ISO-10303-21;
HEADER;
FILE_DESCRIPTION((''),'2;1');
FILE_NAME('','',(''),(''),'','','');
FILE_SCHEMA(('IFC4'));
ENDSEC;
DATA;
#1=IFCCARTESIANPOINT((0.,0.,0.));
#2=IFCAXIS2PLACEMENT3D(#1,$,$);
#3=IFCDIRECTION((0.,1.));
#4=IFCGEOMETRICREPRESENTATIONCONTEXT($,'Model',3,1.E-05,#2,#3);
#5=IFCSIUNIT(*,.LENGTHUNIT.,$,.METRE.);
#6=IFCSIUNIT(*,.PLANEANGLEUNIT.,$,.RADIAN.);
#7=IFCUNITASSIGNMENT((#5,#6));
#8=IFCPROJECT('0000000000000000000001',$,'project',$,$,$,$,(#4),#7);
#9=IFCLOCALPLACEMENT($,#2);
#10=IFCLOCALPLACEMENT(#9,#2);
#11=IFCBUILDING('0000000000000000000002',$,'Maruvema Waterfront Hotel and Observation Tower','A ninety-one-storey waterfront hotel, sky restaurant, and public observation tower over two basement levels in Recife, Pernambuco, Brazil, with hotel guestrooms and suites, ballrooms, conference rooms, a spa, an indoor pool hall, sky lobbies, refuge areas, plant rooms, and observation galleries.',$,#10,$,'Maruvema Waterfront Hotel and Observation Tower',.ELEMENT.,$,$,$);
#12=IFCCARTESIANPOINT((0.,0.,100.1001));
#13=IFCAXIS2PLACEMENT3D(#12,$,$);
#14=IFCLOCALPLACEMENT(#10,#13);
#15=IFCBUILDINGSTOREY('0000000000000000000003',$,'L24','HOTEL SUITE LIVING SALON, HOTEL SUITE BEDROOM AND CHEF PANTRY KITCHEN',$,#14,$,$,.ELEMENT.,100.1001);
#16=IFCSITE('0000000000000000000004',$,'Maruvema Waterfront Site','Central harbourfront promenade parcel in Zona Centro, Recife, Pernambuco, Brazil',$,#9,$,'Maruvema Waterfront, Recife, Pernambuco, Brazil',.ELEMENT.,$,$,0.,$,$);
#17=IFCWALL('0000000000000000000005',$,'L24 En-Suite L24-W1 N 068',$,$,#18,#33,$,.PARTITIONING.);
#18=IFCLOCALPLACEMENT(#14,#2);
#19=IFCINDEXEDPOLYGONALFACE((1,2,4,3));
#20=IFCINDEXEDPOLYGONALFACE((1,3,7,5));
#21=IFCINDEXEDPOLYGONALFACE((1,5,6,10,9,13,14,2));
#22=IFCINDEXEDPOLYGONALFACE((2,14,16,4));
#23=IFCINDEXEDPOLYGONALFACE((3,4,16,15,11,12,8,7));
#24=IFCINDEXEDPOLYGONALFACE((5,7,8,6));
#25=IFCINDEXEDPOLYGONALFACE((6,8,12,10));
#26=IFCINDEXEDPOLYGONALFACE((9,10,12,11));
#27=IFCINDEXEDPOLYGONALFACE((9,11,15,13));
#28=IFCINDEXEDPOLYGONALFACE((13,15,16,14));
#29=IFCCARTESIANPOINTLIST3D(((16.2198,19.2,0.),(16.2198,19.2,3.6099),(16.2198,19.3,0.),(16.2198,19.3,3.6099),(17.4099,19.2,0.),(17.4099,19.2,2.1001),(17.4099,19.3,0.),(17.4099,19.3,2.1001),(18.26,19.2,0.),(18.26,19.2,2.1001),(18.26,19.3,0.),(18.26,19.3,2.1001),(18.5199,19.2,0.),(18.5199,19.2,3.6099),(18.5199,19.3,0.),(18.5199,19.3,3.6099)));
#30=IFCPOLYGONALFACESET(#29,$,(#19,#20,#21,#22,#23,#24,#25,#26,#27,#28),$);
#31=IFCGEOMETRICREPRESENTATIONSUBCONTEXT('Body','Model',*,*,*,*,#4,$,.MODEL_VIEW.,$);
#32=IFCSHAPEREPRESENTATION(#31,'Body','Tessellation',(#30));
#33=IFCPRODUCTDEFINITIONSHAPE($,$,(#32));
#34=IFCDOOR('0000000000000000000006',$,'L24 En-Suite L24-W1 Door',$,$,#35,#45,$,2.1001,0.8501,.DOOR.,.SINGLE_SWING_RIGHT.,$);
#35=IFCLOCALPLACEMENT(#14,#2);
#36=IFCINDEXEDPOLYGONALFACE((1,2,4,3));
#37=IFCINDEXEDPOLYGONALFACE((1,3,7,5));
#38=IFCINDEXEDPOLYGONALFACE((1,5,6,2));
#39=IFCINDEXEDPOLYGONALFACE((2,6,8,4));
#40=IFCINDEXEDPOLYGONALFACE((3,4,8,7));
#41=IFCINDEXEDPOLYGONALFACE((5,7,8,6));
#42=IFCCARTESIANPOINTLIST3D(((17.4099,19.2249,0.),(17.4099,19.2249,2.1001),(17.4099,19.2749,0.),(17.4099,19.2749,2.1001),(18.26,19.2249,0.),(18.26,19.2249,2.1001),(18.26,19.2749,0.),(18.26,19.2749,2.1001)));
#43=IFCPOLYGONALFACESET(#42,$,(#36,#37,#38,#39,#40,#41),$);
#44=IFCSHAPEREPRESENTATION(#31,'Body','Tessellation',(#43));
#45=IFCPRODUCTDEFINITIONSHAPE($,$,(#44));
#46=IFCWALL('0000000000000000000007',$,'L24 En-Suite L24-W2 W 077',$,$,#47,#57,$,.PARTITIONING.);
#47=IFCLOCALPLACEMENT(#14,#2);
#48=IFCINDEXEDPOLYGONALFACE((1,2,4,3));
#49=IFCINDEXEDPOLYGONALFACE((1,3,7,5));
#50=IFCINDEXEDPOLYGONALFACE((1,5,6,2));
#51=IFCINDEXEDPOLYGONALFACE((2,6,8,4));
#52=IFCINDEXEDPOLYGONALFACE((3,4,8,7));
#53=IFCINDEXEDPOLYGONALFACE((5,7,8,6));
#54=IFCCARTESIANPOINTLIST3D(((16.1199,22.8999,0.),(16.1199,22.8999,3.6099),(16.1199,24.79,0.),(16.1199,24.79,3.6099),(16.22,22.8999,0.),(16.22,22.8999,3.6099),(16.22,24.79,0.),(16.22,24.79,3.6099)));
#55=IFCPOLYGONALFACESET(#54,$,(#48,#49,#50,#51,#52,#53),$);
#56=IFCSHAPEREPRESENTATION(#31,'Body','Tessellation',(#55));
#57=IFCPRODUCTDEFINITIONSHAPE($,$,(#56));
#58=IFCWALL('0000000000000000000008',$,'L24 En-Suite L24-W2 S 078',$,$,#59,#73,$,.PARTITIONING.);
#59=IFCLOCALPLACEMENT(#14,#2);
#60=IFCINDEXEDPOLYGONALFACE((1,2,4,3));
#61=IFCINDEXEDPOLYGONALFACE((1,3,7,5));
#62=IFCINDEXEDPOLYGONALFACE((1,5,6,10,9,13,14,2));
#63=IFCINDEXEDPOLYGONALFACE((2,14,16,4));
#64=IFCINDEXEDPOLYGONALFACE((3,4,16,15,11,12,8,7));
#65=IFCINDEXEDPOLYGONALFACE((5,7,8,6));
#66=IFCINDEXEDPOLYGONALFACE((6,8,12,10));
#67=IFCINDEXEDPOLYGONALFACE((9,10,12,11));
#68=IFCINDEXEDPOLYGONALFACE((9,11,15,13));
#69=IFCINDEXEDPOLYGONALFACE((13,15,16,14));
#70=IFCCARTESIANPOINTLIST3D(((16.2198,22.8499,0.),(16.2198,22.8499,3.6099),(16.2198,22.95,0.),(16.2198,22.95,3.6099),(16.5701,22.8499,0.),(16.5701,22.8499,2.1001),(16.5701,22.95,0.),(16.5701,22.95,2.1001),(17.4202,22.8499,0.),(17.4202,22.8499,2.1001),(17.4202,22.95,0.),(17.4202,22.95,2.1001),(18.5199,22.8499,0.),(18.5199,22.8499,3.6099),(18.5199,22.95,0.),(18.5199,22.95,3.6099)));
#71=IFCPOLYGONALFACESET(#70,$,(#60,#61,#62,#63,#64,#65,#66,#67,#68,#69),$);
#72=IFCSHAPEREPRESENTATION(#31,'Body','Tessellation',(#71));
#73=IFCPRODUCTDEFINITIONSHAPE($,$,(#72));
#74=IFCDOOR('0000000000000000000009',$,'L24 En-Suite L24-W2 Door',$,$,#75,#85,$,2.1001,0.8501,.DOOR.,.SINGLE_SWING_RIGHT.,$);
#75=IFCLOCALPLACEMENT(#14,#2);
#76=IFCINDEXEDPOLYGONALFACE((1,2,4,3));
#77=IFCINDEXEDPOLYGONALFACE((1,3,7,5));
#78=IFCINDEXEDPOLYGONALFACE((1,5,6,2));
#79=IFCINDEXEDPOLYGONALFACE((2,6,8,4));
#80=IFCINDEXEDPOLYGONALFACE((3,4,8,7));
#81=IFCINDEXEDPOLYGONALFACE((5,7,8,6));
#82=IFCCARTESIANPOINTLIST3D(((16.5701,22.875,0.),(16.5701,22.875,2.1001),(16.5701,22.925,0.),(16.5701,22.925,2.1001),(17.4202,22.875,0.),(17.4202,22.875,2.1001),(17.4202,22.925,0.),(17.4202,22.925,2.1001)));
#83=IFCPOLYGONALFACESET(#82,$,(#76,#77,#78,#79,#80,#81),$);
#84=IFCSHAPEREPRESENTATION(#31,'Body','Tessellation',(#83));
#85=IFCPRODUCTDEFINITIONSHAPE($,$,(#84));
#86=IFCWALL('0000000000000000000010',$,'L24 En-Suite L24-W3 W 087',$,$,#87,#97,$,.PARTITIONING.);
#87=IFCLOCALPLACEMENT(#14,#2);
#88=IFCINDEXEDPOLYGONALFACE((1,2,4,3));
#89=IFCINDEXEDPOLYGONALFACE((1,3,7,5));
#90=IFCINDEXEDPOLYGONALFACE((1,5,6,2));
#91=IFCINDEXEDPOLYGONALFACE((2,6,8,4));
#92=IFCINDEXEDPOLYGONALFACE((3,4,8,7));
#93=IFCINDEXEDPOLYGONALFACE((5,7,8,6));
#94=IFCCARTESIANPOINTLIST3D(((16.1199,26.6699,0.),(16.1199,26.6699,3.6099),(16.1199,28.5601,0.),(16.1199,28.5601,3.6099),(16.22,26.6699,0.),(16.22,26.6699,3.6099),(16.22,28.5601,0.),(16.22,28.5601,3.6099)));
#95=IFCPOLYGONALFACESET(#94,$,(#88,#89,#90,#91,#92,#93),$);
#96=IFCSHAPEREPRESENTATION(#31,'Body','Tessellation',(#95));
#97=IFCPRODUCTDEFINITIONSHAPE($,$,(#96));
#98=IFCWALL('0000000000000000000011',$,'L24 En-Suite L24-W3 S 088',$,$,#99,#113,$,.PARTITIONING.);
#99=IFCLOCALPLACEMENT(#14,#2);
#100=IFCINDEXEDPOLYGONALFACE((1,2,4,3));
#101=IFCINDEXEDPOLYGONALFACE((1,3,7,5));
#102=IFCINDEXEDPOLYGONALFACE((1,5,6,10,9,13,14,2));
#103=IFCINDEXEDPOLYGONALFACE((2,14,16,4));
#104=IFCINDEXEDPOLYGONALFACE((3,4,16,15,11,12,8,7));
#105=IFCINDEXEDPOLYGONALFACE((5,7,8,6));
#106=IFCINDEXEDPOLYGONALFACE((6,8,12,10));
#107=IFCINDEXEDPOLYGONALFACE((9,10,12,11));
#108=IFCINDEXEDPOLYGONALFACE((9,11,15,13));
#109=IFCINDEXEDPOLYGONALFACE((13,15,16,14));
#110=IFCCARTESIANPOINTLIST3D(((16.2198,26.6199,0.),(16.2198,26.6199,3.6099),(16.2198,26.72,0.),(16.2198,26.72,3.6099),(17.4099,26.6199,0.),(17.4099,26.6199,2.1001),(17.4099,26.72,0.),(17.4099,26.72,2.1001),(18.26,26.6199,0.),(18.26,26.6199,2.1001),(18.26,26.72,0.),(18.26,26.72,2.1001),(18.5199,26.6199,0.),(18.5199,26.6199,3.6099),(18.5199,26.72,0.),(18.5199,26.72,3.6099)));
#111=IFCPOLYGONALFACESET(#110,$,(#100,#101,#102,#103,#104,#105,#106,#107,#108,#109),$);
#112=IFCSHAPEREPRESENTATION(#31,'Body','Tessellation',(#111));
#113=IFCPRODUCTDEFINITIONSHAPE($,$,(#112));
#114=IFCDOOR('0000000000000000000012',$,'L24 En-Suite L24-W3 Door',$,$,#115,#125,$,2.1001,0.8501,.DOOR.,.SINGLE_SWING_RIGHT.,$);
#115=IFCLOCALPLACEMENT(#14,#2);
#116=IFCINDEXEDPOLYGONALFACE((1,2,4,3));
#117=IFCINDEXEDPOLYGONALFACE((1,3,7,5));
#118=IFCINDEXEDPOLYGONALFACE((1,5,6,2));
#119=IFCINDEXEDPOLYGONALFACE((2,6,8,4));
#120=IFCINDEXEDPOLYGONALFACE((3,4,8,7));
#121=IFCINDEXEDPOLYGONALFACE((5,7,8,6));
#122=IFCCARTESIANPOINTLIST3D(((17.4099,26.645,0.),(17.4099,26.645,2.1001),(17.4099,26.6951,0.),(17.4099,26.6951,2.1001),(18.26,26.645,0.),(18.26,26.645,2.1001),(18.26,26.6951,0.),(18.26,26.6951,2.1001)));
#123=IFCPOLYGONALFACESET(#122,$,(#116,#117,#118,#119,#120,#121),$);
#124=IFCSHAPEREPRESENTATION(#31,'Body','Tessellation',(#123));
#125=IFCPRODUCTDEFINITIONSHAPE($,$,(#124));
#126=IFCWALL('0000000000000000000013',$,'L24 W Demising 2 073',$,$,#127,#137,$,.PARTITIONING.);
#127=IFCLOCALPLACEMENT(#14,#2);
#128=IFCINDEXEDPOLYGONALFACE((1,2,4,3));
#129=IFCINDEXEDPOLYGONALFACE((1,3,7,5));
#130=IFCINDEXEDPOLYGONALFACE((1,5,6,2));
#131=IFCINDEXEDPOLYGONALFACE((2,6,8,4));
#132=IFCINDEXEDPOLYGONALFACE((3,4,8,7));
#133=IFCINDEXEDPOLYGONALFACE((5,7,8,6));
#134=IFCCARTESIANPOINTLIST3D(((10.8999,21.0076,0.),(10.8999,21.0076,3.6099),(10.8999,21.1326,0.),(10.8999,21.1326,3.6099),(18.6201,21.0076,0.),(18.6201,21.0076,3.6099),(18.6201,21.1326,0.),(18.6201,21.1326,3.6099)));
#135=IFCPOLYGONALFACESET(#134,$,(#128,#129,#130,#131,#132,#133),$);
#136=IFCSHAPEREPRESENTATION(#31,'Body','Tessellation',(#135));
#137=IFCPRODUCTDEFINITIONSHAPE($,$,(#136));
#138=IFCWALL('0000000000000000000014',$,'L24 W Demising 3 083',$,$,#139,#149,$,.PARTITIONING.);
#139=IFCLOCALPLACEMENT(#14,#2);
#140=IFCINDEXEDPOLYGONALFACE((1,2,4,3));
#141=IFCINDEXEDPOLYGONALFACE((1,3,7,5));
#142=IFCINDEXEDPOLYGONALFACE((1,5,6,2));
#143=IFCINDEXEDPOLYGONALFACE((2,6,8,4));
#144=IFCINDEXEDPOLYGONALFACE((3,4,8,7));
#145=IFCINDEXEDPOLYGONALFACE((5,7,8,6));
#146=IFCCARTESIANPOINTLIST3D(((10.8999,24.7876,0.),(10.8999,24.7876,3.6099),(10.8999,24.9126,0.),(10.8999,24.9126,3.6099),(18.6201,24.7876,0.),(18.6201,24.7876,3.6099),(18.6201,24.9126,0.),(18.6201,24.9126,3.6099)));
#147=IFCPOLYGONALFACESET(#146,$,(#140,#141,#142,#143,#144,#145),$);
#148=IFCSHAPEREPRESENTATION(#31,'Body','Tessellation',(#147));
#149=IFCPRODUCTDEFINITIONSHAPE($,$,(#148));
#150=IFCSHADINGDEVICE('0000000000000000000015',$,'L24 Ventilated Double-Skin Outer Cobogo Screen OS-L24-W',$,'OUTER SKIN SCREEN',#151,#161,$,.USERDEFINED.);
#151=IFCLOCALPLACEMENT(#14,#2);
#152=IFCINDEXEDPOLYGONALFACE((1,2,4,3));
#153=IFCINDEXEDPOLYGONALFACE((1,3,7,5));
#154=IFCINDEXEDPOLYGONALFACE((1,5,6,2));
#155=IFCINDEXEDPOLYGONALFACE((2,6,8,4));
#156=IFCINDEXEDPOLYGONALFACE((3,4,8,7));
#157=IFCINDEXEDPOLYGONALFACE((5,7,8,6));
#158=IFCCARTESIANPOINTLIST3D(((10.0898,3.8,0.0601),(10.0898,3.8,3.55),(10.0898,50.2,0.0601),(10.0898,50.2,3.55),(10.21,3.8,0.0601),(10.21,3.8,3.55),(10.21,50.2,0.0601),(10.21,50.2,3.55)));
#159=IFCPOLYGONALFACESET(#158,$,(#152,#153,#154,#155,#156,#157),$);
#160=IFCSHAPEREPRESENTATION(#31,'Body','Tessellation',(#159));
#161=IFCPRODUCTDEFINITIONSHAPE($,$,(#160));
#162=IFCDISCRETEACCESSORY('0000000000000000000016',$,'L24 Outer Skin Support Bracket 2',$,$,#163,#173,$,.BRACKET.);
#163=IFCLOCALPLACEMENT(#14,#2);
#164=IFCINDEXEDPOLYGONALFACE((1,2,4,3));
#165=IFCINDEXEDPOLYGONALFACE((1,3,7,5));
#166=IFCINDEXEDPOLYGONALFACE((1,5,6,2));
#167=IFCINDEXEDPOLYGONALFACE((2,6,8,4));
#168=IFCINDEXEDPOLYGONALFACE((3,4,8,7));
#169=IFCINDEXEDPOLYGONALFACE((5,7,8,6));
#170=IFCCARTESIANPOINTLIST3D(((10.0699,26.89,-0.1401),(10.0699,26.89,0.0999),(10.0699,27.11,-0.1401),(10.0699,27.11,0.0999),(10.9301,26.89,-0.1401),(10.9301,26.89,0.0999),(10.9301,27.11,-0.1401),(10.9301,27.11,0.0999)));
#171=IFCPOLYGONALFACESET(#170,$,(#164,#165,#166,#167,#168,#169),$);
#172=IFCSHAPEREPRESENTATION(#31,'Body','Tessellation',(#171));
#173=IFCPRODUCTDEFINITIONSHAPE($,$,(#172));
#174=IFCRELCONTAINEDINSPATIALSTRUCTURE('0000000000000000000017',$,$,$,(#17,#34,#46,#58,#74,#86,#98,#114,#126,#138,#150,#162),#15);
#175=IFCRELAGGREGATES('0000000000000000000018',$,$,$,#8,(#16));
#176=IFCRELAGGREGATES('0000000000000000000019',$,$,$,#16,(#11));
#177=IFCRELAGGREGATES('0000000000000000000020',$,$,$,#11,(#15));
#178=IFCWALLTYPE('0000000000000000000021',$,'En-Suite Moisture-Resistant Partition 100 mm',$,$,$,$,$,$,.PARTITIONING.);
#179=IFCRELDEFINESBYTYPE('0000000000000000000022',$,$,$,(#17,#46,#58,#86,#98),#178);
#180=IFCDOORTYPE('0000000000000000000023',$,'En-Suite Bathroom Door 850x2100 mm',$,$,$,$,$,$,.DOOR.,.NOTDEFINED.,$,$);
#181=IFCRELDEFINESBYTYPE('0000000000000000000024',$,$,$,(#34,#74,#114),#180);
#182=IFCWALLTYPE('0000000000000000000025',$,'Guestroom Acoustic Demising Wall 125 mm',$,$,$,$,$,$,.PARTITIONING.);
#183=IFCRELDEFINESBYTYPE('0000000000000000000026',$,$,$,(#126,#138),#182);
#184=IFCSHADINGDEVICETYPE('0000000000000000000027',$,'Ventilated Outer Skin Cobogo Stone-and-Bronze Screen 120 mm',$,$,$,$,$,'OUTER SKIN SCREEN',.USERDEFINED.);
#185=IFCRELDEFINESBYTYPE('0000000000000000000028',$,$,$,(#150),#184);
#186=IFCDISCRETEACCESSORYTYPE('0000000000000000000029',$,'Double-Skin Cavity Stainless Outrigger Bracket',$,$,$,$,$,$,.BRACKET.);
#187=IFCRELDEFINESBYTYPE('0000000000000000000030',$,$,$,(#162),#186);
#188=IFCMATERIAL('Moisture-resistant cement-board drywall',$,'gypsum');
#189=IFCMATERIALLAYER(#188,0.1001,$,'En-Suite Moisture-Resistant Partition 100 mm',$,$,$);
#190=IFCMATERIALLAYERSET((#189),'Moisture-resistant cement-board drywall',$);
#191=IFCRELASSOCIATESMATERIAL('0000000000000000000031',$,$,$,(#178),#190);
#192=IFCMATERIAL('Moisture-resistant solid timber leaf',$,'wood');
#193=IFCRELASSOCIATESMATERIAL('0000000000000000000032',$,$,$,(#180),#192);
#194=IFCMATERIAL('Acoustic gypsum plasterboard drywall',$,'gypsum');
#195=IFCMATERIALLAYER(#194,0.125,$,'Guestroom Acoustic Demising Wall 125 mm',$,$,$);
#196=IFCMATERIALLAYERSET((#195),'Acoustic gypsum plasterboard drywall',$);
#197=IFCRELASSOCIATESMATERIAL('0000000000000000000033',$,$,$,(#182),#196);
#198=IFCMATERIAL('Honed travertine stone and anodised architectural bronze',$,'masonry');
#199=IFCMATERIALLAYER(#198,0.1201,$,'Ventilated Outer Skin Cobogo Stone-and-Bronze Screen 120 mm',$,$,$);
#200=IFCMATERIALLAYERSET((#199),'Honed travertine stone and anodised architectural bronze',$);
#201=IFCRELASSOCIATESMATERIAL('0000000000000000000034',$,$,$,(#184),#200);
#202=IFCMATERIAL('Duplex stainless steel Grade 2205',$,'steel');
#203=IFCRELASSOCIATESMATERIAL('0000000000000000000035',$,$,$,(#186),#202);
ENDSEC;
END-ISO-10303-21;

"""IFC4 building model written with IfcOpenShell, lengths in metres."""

from ifc_helpers import new_model, si_unit, direction, frame, frame_2d, origin, origin_2d, place, context, subcontext, project, spatial, rectangle, extrude, material, layer, layer_set, type_object, element, fill, save


model = new_model("IFC4")

# Units and contexts
model_context = context("Model", 3, precision=1e-05, world=origin(), true_north=direction((0.0, 1.0)))
body_context = subcontext(model_context, "Body", "Model", "MODEL_VIEW")
ifc_project = project(units=[si_unit("LENGTHUNIT", "METRE"), si_unit("PLANEANGLEUNIT", "RADIAN")], contexts=[model_context])

# Site, building, storey
site_placement = place(None, origin())
site = spatial("IfcSite", under=ifc_project, at=site_placement, Name="Maruvema Waterfront Site", Description="Central harbourfront promenade parcel in Zona Centro, Recife, Pernambuco, Brazil", LongName="Maruvema Waterfront, Recife, Pernambuco, Brazil", CompositionType="ELEMENT", RefElevation=0.0)
building_placement = place(site_placement, origin())
building = spatial("IfcBuilding", under=site, at=building_placement, Name="Maruvema Waterfront Hotel and Observation Tower", Description="A ninety-one-storey waterfront hotel, sky restaurant, and public observation tower over two basement levels in Recife, Pernambuco, Brazil, with hotel guestrooms and suites, ballrooms, conference rooms, a spa, an indoor pool hall, sky lobbies, refuge areas, plant rooms, and observation galleries.", LongName="Maruvema Waterfront Hotel and Observation Tower", CompositionType="ELEMENT")
storey_placement = place(building_placement, frame((0.0, 0.0, 100.1001)))
storey = spatial("IfcBuildingStorey", under=building, at=storey_placement, Name="L24", Description="HOTEL SUITE LIVING SALON, HOTEL SUITE BEDROOM AND CHEF PANTRY KITCHEN", CompositionType="ELEMENT", Elevation=100.1001)

# Wall, opening, door
ifc_material_1 = material(Name="Moisture-resistant cement-board drywall", Category="gypsum")
ifc_layer_1 = layer(ifc_material_1, 0.1001, Name="En-Suite Moisture-Resistant Partition 100 mm")
ifc_layer_set_1 = layer_set([ifc_layer_1], Name="Moisture-resistant cement-board drywall")
wall_type_1 = type_object("IfcWallType", Name="En-Suite Moisture-Resistant Partition 100 mm", PredefinedType="PARTITIONING", material=ifc_layer_set_1)
wall_1_placement = place(storey_placement, frame((16.22, 19.25, 0.0), z_axis=(0.0, 0.0, 1.0), x_axis=(1.0, 0.0, 0.0)))
wall_1 = element("IfcWall", 1, at=wall_1_placement, inside=storey, type_object=wall_type_1, Name="L24 En-Suite L24-W1 N 068", PredefinedType="PARTITIONING", context=body_context, shape_type="SweptSolid", body=[
    extrude(rectangle(XDim=2.3, YDim=0.1001, at=frame_2d((1.1499, 0.0))), origin(), (0.0, 0.0, 1.0), 3.6099),
])
opening_1_placement = place(wall_1_placement, frame((1.1899, 0.0, 0.0)))
opening_1 = element("IfcOpeningElement", 2, at=opening_1_placement, cuts=wall_1, PredefinedType="OPENING", context=body_context, shape_type="SweptSolid", body=[
    extrude(rectangle(XDim=0.8501, YDim=2.1001, at=frame_2d((0.425, 1.05))), frame((0.0, 0.0601, 0.0), z_axis=(0.0, -1.0, 0.0), x_axis=(1.0, 0.0, 0.0)), (0.0, 0.0, 1.0), 0.1201),
])
ifc_material_2 = material(Name="Moisture-resistant solid timber leaf", Category="wood")
door_type_1 = type_object("IfcDoorType", Name="En-Suite Bathroom Door 850x2100 mm", OperationType="NOTDEFINED", PredefinedType="DOOR", material=ifc_material_2)
door_1_placement = place(opening_1_placement, origin())
door_1 = element("IfcDoor", 3, at=door_1_placement, inside=storey, type_object=door_type_1, Name="L24 En-Suite L24-W1 Door", OperationType="SINGLE_SWING_RIGHT", OverallHeight=2.1001, OverallWidth=0.8501, PredefinedType="DOOR", context=body_context, shape_type="SweptSolid", body=[
    extrude(rectangle(XDim=0.8501, YDim=2.1001, at=frame_2d((0.425, 1.05))), frame((0.0, 0.0249, 0.0), z_axis=(0.0, -1.0, 0.0), x_axis=(1.0, 0.0, 0.0)), (0.0, 0.0, 1.0), 0.05),
])
fill(opening_1, door_1)

# Wall
wall_2_placement = place(storey_placement, frame((16.1699, 22.8999, 0.0), z_axis=(0.0, 0.0, 1.0), x_axis=(0.0, 1.0, 0.0)))
element("IfcWall", 4, at=wall_2_placement, inside=storey, type_object=wall_type_1, Name="L24 En-Suite L24-W2 W 077", PredefinedType="PARTITIONING", context=body_context, shape_type="SweptSolid", body=[
    extrude(rectangle(XDim=1.8901, YDim=0.1001, at=frame_2d((0.9451, 0.0))), origin(), (0.0, 0.0, 1.0), 3.6099),
])

# Wall, opening, door
wall_3_placement = place(storey_placement, frame((16.22, 22.8999, 0.0), z_axis=(0.0, 0.0, 1.0), x_axis=(1.0, 0.0, 0.0)))
wall_3 = element("IfcWall", 5, at=wall_3_placement, inside=storey, type_object=wall_type_1, Name="L24 En-Suite L24-W2 S 078", PredefinedType="PARTITIONING", context=body_context, shape_type="SweptSolid", body=[
    extrude(rectangle(XDim=2.3, YDim=0.1001, at=frame_2d((1.1499, 0.0))), origin(), (0.0, 0.0, 1.0), 3.6099),
])
opening_2_placement = place(wall_3_placement, frame((0.3501, 0.0, 0.0)))
opening_2 = element("IfcOpeningElement", 6, at=opening_2_placement, cuts=wall_3, PredefinedType="OPENING", context=body_context, shape_type="SweptSolid", body=[
    extrude(rectangle(XDim=0.8501, YDim=2.1001, at=frame_2d((0.425, 1.05))), frame((0.0, 0.0601, 0.0), z_axis=(0.0, -1.0, 0.0), x_axis=(1.0, 0.0, 0.0)), (0.0, 0.0, 1.0), 0.1201),
])
door_2_placement = place(opening_2_placement, frame((0.8501, 0.0, 0.0), z_axis=(0.0, 0.0, 1.0), x_axis=(-1.0, 0.0, 0.0)))
door_2 = element("IfcDoor", 7, at=door_2_placement, inside=storey, type_object=door_type_1, Name="L24 En-Suite L24-W2 Door", OperationType="SINGLE_SWING_RIGHT", OverallHeight=2.1001, OverallWidth=0.8501, PredefinedType="DOOR", context=body_context, shape_type="SweptSolid", body=[
    extrude(rectangle(XDim=0.8501, YDim=2.1001, at=frame_2d((0.425, 1.05))), frame((0.0, 0.0249, 0.0), z_axis=(0.0, -1.0, 0.0), x_axis=(1.0, 0.0, 0.0)), (0.0, 0.0, 1.0), 0.05),
])
fill(opening_2, door_2)

# Wall
wall_4_placement = place(storey_placement, frame((16.1699, 26.6699, 0.0), z_axis=(0.0, 0.0, 1.0), x_axis=(0.0, 1.0, 0.0)))
element("IfcWall", 8, at=wall_4_placement, inside=storey, type_object=wall_type_1, Name="L24 En-Suite L24-W3 W 087", PredefinedType="PARTITIONING", context=body_context, shape_type="SweptSolid", body=[
    extrude(rectangle(XDim=1.8901, YDim=0.1001, at=frame_2d((0.9451, 0.0))), origin(), (0.0, 0.0, 1.0), 3.6099),
])

# Wall, opening, door
wall_5_placement = place(storey_placement, frame((16.22, 26.6699, 0.0), z_axis=(0.0, 0.0, 1.0), x_axis=(1.0, 0.0, 0.0)))
wall_5 = element("IfcWall", 9, at=wall_5_placement, inside=storey, type_object=wall_type_1, Name="L24 En-Suite L24-W3 S 088", PredefinedType="PARTITIONING", context=body_context, shape_type="SweptSolid", body=[
    extrude(rectangle(XDim=2.3, YDim=0.1001, at=frame_2d((1.1499, 0.0))), origin(), (0.0, 0.0, 1.0), 3.6099),
])
opening_3_placement = place(wall_5_placement, frame((1.1899, 0.0, 0.0)))
opening_3 = element("IfcOpeningElement", 10, at=opening_3_placement, cuts=wall_5, PredefinedType="OPENING", context=body_context, shape_type="SweptSolid", body=[
    extrude(rectangle(XDim=0.8501, YDim=2.1001, at=frame_2d((0.425, 1.05))), frame((0.0, 0.0601, 0.0), z_axis=(0.0, -1.0, 0.0), x_axis=(1.0, 0.0, 0.0)), (0.0, 0.0, 1.0), 0.1201),
])
door_3_placement = place(opening_3_placement, frame((0.8501, 0.0, 0.0), z_axis=(0.0, 0.0, 1.0), x_axis=(-1.0, 0.0, 0.0)))
door_3 = element("IfcDoor", 11, at=door_3_placement, inside=storey, type_object=door_type_1, Name="L24 En-Suite L24-W3 Door", OperationType="SINGLE_SWING_RIGHT", OverallHeight=2.1001, OverallWidth=0.8501, PredefinedType="DOOR", context=body_context, shape_type="SweptSolid", body=[
    extrude(rectangle(XDim=0.8501, YDim=2.1001, at=frame_2d((0.425, 1.05))), frame((0.0, 0.0249, 0.0), z_axis=(0.0, -1.0, 0.0), x_axis=(1.0, 0.0, 0.0)), (0.0, 0.0, 1.0), 0.05),
])
fill(opening_3, door_3)

# Walls
ifc_material_3 = material(Name="Acoustic gypsum plasterboard drywall", Category="gypsum")
ifc_layer_2 = layer(ifc_material_3, 0.125, Name="Guestroom Acoustic Demising Wall 125 mm")
ifc_layer_set_2 = layer_set([ifc_layer_2], Name="Acoustic gypsum plasterboard drywall")
wall_type_2 = type_object("IfcWallType", Name="Guestroom Acoustic Demising Wall 125 mm", PredefinedType="PARTITIONING", material=ifc_layer_set_2)
for number, where, z_axis, x_axis, name in (
    (12, (10.8999, 21.0701, 0.0), (0.0, 0.0, 1.0), (1.0, 0.0, 0.0), "L24 W Demising 2 073"),
    (13, (10.8999, 24.8501, 0.0), (0.0, 0.0, 1.0), (1.0, 0.0, 0.0), "L24 W Demising 3 083"),
):
    element("IfcWall", number, at=place(storey_placement, frame(where, z_axis=z_axis, x_axis=x_axis)), inside=storey, type_object=wall_type_2, Name=name, PredefinedType="PARTITIONING", context=body_context, shape_type="SweptSolid", body=[
        extrude(rectangle(XDim=7.7202, YDim=0.125, at=frame_2d((3.8601, 0.0))), origin(), (0.0, 0.0, 1.0), 3.6099),
    ])

# Shading device
ifc_material_4 = material(Name="Honed travertine stone and anodised architectural bronze", Category="masonry")
ifc_layer_3 = layer(ifc_material_4, 0.1201, Name="Ventilated Outer Skin Cobogo Stone-and-Bronze Screen 120 mm")
ifc_layer_set_3 = layer_set([ifc_layer_3], Name="Honed travertine stone and anodised architectural bronze")
shading_device_type = type_object("IfcShadingDeviceType", Name="Ventilated Outer Skin Cobogo Stone-and-Bronze Screen 120 mm", ElementType="OUTER SKIN SCREEN", PredefinedType="USERDEFINED", material=ifc_layer_set_3)
shading_device_placement = place(storey_placement, frame((10.1499, 27.0, 0.0601), z_axis=(0.0, 0.0, 1.0), x_axis=(0.0, -1.0, 0.0)))
element("IfcShadingDevice", 14, at=shading_device_placement, inside=storey, type_object=shading_device_type, Name="L24 Ventilated Double-Skin Outer Cobogo Screen OS-L24-W", ObjectType="OUTER SKIN SCREEN", PredefinedType="USERDEFINED", context=body_context, shape_type="SweptSolid", body=[
    extrude(rectangle(XDim=46.3999, YDim=0.1201, at=origin_2d()), origin(), (0.0, 0.0, 1.0), 3.49),
])

# Discrete accessory
ifc_material_5 = material(Name="Duplex stainless steel Grade 2205", Category="steel")
discrete_accessory_type = type_object("IfcDiscreteAccessoryType", Name="Double-Skin Cavity Stainless Outrigger Bracket", PredefinedType="BRACKET", material=ifc_material_5)
discrete_accessory_placement = place(storey_placement, frame((10.5, 27.0, -0.1401), z_axis=(0.0, 0.0, 1.0), x_axis=(0.0, -1.0, 0.0)))
element("IfcDiscreteAccessory", 15, at=discrete_accessory_placement, inside=storey, type_object=discrete_accessory_type, Name="L24 Outer Skin Support Bracket 2", PredefinedType="BRACKET", context=body_context, shape_type="SweptSolid", body=[
    extrude(rectangle(XDim=0.22, YDim=0.8601, at=origin_2d()), origin(), (0.0, 0.0, 1.0), 0.24),
])

save(model, "model.ifc")
